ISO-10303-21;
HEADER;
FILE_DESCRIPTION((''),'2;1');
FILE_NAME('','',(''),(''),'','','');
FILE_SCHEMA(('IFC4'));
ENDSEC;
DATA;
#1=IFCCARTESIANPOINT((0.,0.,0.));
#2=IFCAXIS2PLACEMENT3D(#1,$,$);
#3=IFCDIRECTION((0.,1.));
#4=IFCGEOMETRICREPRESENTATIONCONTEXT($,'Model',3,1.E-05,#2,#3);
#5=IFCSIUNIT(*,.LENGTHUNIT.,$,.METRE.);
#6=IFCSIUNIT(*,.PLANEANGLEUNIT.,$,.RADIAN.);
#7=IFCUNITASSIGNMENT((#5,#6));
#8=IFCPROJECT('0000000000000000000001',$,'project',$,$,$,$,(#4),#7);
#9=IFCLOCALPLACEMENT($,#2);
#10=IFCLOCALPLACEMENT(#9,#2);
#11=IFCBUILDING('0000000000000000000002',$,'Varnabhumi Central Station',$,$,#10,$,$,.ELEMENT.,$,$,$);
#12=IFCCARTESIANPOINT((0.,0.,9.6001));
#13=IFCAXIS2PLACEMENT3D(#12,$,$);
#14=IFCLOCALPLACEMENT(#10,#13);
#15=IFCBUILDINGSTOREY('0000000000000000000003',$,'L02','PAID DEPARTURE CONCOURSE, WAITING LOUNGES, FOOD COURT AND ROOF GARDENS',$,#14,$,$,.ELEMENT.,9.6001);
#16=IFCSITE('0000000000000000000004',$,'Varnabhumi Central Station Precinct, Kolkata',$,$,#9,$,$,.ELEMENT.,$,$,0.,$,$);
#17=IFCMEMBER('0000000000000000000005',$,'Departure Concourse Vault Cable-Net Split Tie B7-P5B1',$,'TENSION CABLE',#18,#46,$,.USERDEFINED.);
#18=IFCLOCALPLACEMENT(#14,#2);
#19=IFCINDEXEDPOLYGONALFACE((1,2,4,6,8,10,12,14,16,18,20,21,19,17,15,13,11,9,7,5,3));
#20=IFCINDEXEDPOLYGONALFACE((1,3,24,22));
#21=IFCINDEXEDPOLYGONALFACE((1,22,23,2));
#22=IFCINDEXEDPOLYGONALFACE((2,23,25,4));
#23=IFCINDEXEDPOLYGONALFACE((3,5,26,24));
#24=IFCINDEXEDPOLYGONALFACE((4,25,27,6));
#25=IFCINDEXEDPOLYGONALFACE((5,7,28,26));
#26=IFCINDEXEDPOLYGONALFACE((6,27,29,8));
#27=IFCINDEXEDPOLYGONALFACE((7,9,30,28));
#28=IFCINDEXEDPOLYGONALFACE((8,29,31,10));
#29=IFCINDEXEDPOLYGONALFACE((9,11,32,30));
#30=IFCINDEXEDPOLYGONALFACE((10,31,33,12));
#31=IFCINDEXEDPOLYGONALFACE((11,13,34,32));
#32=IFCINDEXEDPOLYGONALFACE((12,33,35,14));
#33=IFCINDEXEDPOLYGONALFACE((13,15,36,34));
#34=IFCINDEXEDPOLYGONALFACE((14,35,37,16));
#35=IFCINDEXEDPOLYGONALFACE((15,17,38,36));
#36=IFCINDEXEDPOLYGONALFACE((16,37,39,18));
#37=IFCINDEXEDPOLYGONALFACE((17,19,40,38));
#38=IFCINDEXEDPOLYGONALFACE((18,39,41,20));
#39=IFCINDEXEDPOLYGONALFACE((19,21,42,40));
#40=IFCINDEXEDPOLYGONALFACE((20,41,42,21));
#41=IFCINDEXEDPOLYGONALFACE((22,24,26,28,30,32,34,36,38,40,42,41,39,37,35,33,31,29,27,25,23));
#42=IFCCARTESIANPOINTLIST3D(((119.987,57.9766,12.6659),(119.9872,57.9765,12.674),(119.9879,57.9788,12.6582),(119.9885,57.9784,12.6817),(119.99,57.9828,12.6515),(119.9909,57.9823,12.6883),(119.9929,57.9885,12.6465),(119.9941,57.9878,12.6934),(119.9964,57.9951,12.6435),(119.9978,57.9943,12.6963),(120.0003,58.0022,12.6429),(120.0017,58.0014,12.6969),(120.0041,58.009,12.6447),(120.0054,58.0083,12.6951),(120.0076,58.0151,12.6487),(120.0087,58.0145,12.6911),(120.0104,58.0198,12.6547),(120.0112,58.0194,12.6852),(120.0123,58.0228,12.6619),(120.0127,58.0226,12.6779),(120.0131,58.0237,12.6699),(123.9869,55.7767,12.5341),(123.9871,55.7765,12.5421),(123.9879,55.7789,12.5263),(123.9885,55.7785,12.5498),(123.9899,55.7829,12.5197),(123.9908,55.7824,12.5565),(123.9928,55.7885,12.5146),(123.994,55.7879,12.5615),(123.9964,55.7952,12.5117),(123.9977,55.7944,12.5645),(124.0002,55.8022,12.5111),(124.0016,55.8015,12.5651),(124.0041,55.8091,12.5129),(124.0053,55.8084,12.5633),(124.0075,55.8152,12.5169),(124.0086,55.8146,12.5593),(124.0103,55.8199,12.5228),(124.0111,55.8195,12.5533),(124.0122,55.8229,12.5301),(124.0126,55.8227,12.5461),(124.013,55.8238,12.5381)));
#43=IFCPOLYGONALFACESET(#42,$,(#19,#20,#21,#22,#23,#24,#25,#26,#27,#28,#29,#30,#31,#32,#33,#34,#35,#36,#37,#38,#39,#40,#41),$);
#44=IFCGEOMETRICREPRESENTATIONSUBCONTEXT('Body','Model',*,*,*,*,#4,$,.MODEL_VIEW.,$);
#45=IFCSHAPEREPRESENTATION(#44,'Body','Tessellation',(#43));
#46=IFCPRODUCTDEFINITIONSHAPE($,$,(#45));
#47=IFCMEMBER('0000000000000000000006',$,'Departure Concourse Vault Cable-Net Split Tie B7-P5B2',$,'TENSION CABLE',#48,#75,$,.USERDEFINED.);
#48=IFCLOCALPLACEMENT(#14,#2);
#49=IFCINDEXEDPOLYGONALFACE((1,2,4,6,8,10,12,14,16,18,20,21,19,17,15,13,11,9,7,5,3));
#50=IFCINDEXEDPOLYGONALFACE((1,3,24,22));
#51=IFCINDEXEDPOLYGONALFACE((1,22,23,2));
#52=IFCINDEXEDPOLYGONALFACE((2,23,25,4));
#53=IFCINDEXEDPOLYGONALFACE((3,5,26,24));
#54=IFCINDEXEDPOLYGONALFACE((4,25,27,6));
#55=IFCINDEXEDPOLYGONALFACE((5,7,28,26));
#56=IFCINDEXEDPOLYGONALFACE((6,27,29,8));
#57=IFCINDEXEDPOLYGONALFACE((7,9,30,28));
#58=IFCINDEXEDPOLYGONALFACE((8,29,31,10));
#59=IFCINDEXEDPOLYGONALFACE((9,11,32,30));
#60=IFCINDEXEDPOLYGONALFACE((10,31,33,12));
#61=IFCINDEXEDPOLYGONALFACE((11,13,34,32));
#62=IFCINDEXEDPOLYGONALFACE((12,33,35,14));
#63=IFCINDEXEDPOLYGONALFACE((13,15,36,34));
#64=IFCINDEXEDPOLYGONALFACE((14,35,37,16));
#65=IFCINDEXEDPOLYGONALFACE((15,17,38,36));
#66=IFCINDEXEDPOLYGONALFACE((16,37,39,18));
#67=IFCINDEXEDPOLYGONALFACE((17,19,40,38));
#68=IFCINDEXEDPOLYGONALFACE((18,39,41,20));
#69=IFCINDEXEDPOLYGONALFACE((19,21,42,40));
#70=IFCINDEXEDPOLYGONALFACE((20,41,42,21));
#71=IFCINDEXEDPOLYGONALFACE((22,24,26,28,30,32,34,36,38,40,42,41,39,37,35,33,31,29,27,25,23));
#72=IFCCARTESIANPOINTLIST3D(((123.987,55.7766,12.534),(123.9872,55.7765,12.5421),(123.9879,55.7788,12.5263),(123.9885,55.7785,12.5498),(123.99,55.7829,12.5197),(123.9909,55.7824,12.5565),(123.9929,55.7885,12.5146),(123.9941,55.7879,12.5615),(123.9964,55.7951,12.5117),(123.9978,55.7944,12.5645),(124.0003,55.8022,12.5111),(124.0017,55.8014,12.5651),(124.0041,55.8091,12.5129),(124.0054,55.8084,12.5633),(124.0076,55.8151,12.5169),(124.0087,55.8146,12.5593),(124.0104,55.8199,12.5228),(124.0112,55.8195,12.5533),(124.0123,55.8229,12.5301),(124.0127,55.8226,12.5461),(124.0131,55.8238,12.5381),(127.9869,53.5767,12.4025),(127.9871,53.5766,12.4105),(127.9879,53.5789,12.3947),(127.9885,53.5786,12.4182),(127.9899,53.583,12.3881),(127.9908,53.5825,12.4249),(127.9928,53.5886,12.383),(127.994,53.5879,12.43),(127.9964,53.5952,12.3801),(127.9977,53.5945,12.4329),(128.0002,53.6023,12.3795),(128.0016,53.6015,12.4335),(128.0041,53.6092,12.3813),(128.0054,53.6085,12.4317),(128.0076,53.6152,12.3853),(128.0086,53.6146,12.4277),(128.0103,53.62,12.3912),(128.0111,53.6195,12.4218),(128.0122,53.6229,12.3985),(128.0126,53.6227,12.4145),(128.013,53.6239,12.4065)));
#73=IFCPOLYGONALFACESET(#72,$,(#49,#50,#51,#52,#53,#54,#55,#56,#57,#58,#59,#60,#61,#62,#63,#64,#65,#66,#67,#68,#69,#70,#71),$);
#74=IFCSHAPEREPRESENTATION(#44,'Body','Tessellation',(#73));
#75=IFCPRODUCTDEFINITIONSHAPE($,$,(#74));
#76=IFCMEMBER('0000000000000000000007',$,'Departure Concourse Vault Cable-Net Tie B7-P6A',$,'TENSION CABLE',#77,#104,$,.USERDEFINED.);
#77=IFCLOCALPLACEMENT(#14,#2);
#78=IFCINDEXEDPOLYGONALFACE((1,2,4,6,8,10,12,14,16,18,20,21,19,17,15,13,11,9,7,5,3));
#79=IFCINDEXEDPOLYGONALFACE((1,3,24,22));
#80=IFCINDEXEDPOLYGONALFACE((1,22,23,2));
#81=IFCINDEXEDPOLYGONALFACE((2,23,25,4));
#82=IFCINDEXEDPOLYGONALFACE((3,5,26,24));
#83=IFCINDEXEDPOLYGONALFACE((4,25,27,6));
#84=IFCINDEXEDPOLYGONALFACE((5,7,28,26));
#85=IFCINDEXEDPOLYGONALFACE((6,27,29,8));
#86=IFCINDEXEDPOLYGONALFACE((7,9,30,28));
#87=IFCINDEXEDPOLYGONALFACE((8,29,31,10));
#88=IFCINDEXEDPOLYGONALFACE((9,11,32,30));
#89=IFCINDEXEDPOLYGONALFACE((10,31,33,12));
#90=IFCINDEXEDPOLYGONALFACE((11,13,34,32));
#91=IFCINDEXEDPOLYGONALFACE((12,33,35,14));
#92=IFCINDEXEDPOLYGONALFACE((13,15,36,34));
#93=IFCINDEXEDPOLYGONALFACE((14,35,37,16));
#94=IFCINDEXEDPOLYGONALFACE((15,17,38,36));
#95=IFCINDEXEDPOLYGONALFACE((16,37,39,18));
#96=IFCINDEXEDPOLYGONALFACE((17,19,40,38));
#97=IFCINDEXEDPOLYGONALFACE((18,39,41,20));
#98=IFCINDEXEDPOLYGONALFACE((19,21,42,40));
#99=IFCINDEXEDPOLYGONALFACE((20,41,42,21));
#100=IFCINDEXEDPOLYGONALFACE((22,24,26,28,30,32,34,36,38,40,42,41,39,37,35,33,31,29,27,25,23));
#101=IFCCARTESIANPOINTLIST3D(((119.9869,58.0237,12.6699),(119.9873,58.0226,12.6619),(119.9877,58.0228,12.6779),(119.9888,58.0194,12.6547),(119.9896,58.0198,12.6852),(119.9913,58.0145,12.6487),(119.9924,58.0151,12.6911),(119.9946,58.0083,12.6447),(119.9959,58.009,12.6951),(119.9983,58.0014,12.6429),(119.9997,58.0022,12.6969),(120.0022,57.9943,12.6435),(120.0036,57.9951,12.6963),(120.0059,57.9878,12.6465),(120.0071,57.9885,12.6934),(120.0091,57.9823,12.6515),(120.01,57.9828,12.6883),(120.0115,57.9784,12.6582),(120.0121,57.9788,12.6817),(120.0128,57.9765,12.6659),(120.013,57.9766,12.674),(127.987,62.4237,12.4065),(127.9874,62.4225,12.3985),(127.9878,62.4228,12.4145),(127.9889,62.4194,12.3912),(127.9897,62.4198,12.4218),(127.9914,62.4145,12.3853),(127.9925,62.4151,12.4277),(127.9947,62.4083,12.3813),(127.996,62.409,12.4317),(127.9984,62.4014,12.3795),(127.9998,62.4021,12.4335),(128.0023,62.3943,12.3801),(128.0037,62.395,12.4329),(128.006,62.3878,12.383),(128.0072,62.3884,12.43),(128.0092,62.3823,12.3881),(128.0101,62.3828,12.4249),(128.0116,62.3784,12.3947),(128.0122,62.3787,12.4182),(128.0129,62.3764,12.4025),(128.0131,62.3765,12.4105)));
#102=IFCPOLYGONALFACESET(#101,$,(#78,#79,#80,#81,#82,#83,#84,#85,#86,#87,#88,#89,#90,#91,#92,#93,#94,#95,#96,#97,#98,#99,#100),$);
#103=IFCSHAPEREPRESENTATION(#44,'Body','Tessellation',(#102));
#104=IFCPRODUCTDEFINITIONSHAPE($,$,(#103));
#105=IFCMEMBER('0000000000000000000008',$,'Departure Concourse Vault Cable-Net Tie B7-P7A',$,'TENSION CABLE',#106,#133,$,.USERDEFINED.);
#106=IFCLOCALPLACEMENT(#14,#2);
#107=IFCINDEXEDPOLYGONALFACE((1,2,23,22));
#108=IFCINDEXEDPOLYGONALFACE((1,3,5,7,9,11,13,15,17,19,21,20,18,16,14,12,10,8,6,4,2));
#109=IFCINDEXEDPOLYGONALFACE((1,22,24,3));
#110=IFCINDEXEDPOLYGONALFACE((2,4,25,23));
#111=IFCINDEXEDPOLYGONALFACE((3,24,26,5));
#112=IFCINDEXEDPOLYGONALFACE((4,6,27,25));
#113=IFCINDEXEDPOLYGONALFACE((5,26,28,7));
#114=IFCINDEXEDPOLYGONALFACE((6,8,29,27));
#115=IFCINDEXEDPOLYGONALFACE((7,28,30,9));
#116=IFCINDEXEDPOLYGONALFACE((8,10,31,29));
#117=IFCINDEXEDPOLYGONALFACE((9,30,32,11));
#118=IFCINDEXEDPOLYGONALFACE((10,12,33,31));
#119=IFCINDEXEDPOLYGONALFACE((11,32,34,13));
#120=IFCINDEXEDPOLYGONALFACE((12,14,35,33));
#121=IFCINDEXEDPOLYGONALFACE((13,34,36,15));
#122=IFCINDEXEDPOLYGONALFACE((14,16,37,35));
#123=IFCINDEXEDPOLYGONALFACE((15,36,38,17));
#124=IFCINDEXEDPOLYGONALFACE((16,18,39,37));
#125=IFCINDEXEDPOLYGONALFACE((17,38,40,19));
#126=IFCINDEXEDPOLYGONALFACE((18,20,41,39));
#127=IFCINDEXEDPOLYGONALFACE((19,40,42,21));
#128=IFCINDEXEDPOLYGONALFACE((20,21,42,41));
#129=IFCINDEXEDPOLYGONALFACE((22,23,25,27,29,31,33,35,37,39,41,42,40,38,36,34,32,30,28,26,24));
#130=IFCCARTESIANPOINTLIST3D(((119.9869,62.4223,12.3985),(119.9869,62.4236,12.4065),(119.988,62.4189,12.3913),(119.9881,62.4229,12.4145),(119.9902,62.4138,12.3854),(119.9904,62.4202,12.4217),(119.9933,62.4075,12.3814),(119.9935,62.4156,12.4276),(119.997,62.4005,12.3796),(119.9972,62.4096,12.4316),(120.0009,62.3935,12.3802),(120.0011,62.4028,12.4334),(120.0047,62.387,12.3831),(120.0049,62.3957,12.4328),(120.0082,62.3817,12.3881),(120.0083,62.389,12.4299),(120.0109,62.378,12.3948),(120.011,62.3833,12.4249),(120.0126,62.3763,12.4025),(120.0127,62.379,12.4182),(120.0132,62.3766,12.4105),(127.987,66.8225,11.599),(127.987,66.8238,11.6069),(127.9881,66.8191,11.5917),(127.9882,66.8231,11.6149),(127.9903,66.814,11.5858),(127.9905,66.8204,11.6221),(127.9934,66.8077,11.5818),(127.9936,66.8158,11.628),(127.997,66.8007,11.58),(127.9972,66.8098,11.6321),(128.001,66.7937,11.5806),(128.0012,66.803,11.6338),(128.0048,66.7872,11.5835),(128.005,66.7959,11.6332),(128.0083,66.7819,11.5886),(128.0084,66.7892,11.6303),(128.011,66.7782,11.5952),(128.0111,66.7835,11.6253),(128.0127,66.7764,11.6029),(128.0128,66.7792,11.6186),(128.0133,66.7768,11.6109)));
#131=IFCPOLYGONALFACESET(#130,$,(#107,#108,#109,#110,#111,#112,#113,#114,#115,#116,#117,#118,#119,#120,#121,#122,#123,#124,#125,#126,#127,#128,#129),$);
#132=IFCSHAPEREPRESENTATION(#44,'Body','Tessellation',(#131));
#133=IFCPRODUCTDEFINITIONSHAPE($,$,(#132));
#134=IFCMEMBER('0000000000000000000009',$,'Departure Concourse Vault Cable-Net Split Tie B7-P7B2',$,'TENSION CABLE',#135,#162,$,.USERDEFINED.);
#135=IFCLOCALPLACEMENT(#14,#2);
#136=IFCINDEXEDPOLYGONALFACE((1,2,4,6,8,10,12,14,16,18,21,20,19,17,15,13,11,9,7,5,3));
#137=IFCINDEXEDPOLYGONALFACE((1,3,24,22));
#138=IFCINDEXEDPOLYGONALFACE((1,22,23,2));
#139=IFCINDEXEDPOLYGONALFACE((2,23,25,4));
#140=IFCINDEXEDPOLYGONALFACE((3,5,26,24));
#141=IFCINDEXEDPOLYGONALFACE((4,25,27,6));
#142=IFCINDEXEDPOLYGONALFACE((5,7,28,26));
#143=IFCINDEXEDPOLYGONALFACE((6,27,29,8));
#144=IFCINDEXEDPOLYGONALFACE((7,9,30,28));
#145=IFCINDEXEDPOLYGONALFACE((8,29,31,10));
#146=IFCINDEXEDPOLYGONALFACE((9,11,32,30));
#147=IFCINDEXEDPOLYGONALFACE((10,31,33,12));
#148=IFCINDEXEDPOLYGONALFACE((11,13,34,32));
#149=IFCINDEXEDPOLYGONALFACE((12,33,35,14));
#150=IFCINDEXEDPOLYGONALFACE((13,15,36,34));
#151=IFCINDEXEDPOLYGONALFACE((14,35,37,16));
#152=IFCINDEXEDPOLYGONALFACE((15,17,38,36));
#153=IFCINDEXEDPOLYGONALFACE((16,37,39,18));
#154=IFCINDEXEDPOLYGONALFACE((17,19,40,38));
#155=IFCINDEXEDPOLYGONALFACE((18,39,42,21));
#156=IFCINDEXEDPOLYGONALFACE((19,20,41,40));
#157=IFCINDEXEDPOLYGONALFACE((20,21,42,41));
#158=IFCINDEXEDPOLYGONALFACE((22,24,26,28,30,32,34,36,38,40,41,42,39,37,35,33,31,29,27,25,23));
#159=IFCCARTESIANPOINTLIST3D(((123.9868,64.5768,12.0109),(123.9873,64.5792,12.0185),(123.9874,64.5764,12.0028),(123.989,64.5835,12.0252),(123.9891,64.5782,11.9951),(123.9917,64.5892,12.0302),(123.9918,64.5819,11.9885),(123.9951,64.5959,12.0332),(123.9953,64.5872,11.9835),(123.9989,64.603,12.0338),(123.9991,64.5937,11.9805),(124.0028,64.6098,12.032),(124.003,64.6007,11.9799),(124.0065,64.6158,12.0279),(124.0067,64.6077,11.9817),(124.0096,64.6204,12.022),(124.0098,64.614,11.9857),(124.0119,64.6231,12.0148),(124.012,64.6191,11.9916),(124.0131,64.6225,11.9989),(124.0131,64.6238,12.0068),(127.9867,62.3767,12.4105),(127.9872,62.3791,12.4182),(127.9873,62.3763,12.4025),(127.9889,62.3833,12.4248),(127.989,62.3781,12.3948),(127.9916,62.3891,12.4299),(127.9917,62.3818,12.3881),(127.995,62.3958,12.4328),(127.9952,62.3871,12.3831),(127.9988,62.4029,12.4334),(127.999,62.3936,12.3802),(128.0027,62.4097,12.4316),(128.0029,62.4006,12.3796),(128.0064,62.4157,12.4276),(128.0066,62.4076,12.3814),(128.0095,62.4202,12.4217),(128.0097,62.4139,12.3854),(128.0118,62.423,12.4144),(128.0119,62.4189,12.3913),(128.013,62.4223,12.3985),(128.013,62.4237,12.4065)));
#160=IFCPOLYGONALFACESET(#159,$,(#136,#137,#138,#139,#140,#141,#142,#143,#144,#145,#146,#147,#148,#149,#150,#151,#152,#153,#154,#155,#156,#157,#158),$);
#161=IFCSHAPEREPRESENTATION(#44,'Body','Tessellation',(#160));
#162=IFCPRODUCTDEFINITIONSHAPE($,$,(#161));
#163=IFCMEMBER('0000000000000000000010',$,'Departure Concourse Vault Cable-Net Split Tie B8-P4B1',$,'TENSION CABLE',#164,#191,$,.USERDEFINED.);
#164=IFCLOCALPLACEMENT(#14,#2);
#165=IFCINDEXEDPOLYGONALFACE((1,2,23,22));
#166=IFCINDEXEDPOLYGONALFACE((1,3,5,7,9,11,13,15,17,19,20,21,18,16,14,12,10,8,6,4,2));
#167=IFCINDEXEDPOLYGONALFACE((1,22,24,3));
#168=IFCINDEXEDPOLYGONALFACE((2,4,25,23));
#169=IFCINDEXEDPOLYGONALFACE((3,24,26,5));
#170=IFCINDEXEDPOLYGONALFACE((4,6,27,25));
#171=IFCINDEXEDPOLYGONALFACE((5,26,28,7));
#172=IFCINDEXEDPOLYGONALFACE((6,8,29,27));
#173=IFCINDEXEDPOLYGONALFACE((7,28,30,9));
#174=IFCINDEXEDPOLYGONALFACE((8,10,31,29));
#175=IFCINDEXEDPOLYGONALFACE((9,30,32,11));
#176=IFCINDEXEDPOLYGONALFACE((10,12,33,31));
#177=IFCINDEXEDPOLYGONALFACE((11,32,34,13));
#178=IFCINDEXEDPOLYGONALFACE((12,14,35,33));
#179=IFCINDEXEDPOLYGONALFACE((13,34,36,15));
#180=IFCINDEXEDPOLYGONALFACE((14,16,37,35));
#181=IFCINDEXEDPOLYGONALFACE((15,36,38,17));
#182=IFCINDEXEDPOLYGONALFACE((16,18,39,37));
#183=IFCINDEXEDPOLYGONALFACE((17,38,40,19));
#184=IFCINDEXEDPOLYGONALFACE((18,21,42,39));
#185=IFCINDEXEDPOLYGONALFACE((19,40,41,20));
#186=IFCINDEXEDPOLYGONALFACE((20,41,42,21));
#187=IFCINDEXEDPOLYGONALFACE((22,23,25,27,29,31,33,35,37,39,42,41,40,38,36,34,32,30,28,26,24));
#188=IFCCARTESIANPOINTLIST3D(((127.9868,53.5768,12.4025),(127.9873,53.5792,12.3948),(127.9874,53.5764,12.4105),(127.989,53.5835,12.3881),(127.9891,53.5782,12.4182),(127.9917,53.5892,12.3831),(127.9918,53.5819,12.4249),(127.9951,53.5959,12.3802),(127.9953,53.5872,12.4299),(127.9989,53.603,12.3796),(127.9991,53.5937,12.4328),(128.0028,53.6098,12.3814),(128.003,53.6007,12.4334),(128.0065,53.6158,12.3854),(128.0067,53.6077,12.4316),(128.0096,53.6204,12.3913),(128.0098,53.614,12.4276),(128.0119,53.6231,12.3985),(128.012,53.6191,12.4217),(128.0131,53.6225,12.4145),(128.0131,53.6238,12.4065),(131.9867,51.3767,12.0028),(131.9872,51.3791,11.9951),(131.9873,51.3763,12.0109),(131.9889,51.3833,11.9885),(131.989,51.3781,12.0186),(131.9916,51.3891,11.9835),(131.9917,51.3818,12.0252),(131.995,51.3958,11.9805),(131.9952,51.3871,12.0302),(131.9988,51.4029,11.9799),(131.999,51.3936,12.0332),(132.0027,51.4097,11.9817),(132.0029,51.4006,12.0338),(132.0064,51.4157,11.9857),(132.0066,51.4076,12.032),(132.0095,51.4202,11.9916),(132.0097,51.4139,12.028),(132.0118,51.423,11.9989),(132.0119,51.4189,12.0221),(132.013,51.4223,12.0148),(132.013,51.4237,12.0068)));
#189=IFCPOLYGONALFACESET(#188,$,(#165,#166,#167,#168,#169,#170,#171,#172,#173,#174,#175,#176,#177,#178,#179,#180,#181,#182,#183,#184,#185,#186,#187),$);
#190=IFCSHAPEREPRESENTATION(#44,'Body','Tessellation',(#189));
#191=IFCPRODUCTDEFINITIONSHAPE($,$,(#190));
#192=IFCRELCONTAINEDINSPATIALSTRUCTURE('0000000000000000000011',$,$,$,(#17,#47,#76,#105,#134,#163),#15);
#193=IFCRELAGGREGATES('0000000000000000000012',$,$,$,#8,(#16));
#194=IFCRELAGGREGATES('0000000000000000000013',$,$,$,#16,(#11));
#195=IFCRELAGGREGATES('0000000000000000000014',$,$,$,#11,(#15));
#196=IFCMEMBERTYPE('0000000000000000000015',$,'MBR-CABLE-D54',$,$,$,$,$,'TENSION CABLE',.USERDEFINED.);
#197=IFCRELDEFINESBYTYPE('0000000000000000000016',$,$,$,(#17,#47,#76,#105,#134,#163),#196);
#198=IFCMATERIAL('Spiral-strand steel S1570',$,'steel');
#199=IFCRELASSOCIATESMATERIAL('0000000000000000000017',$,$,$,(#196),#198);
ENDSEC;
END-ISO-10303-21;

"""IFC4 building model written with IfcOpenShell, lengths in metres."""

from ifc_helpers import new_model, si_unit, direction, frame, origin, origin_2d, place, context, subcontext, project, spatial, circle, extrude, material, material_profile, profile_set, type_object, element, save


model = new_model("IFC4")

# Units and contexts
model_context = context("Model", 3, precision=1e-05, world=origin(), true_north=direction((0.0, 1.0)))
body_context = subcontext(model_context, "Body", "Model", "MODEL_VIEW")
ifc_project = project(units=[si_unit("LENGTHUNIT", "METRE"), si_unit("PLANEANGLEUNIT", "RADIAN")], contexts=[model_context])

# Site, building, storey
site_placement = place(None, origin())
site = spatial("IfcSite", under=ifc_project, at=site_placement, Name="Varnabhumi Central Station Precinct, Kolkata", CompositionType="ELEMENT", RefElevation=0.0)
building_placement = place(site_placement, origin())
building = spatial("IfcBuilding", under=site, at=building_placement, Name="Varnabhumi Central Station", CompositionType="ELEMENT")
storey_placement = place(building_placement, frame((0.0, 0.0, 9.6001)))
storey = spatial("IfcBuildingStorey", under=building, at=storey_placement, Name="L02", Description="PAID DEPARTURE CONCOURSE, WAITING LOUNGES, FOOD COURT AND ROOF GARDENS", CompositionType="ELEMENT", Elevation=9.6001)

# Members
ifc_material_1 = material(Name="Spiral-strand steel S1570", Category="steel")
ifc_material_profile_1 = material_profile(ifc_material_1, circle(Radius=0.0271, at=origin_2d()), Name="Spiral-strand steel S1570", Category="steel")
ifc_profile_set_1 = profile_set([ifc_material_profile_1], Name="Spiral-strand steel S1570")
member_type = type_object("IfcMemberType", Name="MBR-CABLE-D54", ElementType="TENSION CABLE", PredefinedType="USERDEFINED", material=ifc_profile_set_1)
for number, where, z_axis, x_axis, name in (
    (1, (120.0, 58.0, 12.6699), (0.875855, -0.48171, -0.028867), (0.481911, 0.87622, 0.0), "Departure Concourse Vault Cable-Net Split Tie B7-P5B1"),
    (2, (124.0, 55.8, 12.5381), (0.875857, -0.48171, -0.028814), (0.481911, 0.87622, 0.0), "Departure Concourse Vault Cable-Net Split Tie B7-P5B2"),
):
    element("IfcMember", number, at=place(storey_placement, frame(where, z_axis=z_axis, x_axis=x_axis)), inside=storey, type_object=member_type, Name=name, ObjectType="TENSION CABLE", PredefinedType="USERDEFINED", context=body_context, shape_type="SweptSolid", body=[
        extrude(circle(Radius=0.0271, at=origin_2d()), origin(), (0.0, 0.0, 1.0), 4.5669),
    ])
member_1_placement = place(storey_placement, frame((120.0, 58.0, 12.6699), z_axis=(0.875856, 0.48171, -0.028841), x_axis=(-0.481911, 0.87622, 0.0)))
element("IfcMember", 3, at=member_1_placement, inside=storey, type_object=member_type, Name="Departure Concourse Vault Cable-Net Tie B7-P6A", ObjectType="TENSION CABLE", PredefinedType="USERDEFINED", context=body_context, shape_type="SweptSolid", body=[
    extrude(circle(Radius=0.0271, at=origin_2d()), origin(), (0.0, 0.0, 1.0), 9.134),
])
member_2_placement = place(storey_placement, frame((120.0, 62.3999, 12.4065), z_axis=(0.872869, 0.480094, -0.087239), x_axis=(-0.481931, 0.876209, 0.0)))
element("IfcMember", 4, at=member_2_placement, inside=storey, type_object=member_type, Name="Departure Concourse Vault Cable-Net Tie B7-P7A", ObjectType="TENSION CABLE", PredefinedType="USERDEFINED", context=body_context, shape_type="SweptSolid", body=[
    extrude(circle(Radius=0.0271, at=origin_2d()), origin(), (0.0, 0.0, 1.0), 9.1653),
])
for number, where, z_axis, x_axis, name in (
    (5, (124.0, 64.6001, 12.0068), (0.872859, -0.480115, 0.087211), (0.481952, 0.876198, 0.0), "Departure Concourse Vault Cable-Net Split Tie B7-P7B2"),
    (6, (128.0, 53.6001, 12.4065), (0.872859, -0.480115, -0.087211), (0.481952, 0.876198, 0.0), "Departure Concourse Vault Cable-Net Split Tie B8-P4B1"),
):
    element("IfcMember", number, at=place(storey_placement, frame(where, z_axis=z_axis, x_axis=x_axis)), inside=storey, type_object=member_type, Name=name, ObjectType="TENSION CABLE", PredefinedType="USERDEFINED", context=body_context, shape_type="SweptSolid", body=[
        extrude(circle(Radius=0.0271, at=origin_2d()), origin(), (0.0, 0.0, 1.0), 4.5825),
    ])

save(model, "model.ifc")
